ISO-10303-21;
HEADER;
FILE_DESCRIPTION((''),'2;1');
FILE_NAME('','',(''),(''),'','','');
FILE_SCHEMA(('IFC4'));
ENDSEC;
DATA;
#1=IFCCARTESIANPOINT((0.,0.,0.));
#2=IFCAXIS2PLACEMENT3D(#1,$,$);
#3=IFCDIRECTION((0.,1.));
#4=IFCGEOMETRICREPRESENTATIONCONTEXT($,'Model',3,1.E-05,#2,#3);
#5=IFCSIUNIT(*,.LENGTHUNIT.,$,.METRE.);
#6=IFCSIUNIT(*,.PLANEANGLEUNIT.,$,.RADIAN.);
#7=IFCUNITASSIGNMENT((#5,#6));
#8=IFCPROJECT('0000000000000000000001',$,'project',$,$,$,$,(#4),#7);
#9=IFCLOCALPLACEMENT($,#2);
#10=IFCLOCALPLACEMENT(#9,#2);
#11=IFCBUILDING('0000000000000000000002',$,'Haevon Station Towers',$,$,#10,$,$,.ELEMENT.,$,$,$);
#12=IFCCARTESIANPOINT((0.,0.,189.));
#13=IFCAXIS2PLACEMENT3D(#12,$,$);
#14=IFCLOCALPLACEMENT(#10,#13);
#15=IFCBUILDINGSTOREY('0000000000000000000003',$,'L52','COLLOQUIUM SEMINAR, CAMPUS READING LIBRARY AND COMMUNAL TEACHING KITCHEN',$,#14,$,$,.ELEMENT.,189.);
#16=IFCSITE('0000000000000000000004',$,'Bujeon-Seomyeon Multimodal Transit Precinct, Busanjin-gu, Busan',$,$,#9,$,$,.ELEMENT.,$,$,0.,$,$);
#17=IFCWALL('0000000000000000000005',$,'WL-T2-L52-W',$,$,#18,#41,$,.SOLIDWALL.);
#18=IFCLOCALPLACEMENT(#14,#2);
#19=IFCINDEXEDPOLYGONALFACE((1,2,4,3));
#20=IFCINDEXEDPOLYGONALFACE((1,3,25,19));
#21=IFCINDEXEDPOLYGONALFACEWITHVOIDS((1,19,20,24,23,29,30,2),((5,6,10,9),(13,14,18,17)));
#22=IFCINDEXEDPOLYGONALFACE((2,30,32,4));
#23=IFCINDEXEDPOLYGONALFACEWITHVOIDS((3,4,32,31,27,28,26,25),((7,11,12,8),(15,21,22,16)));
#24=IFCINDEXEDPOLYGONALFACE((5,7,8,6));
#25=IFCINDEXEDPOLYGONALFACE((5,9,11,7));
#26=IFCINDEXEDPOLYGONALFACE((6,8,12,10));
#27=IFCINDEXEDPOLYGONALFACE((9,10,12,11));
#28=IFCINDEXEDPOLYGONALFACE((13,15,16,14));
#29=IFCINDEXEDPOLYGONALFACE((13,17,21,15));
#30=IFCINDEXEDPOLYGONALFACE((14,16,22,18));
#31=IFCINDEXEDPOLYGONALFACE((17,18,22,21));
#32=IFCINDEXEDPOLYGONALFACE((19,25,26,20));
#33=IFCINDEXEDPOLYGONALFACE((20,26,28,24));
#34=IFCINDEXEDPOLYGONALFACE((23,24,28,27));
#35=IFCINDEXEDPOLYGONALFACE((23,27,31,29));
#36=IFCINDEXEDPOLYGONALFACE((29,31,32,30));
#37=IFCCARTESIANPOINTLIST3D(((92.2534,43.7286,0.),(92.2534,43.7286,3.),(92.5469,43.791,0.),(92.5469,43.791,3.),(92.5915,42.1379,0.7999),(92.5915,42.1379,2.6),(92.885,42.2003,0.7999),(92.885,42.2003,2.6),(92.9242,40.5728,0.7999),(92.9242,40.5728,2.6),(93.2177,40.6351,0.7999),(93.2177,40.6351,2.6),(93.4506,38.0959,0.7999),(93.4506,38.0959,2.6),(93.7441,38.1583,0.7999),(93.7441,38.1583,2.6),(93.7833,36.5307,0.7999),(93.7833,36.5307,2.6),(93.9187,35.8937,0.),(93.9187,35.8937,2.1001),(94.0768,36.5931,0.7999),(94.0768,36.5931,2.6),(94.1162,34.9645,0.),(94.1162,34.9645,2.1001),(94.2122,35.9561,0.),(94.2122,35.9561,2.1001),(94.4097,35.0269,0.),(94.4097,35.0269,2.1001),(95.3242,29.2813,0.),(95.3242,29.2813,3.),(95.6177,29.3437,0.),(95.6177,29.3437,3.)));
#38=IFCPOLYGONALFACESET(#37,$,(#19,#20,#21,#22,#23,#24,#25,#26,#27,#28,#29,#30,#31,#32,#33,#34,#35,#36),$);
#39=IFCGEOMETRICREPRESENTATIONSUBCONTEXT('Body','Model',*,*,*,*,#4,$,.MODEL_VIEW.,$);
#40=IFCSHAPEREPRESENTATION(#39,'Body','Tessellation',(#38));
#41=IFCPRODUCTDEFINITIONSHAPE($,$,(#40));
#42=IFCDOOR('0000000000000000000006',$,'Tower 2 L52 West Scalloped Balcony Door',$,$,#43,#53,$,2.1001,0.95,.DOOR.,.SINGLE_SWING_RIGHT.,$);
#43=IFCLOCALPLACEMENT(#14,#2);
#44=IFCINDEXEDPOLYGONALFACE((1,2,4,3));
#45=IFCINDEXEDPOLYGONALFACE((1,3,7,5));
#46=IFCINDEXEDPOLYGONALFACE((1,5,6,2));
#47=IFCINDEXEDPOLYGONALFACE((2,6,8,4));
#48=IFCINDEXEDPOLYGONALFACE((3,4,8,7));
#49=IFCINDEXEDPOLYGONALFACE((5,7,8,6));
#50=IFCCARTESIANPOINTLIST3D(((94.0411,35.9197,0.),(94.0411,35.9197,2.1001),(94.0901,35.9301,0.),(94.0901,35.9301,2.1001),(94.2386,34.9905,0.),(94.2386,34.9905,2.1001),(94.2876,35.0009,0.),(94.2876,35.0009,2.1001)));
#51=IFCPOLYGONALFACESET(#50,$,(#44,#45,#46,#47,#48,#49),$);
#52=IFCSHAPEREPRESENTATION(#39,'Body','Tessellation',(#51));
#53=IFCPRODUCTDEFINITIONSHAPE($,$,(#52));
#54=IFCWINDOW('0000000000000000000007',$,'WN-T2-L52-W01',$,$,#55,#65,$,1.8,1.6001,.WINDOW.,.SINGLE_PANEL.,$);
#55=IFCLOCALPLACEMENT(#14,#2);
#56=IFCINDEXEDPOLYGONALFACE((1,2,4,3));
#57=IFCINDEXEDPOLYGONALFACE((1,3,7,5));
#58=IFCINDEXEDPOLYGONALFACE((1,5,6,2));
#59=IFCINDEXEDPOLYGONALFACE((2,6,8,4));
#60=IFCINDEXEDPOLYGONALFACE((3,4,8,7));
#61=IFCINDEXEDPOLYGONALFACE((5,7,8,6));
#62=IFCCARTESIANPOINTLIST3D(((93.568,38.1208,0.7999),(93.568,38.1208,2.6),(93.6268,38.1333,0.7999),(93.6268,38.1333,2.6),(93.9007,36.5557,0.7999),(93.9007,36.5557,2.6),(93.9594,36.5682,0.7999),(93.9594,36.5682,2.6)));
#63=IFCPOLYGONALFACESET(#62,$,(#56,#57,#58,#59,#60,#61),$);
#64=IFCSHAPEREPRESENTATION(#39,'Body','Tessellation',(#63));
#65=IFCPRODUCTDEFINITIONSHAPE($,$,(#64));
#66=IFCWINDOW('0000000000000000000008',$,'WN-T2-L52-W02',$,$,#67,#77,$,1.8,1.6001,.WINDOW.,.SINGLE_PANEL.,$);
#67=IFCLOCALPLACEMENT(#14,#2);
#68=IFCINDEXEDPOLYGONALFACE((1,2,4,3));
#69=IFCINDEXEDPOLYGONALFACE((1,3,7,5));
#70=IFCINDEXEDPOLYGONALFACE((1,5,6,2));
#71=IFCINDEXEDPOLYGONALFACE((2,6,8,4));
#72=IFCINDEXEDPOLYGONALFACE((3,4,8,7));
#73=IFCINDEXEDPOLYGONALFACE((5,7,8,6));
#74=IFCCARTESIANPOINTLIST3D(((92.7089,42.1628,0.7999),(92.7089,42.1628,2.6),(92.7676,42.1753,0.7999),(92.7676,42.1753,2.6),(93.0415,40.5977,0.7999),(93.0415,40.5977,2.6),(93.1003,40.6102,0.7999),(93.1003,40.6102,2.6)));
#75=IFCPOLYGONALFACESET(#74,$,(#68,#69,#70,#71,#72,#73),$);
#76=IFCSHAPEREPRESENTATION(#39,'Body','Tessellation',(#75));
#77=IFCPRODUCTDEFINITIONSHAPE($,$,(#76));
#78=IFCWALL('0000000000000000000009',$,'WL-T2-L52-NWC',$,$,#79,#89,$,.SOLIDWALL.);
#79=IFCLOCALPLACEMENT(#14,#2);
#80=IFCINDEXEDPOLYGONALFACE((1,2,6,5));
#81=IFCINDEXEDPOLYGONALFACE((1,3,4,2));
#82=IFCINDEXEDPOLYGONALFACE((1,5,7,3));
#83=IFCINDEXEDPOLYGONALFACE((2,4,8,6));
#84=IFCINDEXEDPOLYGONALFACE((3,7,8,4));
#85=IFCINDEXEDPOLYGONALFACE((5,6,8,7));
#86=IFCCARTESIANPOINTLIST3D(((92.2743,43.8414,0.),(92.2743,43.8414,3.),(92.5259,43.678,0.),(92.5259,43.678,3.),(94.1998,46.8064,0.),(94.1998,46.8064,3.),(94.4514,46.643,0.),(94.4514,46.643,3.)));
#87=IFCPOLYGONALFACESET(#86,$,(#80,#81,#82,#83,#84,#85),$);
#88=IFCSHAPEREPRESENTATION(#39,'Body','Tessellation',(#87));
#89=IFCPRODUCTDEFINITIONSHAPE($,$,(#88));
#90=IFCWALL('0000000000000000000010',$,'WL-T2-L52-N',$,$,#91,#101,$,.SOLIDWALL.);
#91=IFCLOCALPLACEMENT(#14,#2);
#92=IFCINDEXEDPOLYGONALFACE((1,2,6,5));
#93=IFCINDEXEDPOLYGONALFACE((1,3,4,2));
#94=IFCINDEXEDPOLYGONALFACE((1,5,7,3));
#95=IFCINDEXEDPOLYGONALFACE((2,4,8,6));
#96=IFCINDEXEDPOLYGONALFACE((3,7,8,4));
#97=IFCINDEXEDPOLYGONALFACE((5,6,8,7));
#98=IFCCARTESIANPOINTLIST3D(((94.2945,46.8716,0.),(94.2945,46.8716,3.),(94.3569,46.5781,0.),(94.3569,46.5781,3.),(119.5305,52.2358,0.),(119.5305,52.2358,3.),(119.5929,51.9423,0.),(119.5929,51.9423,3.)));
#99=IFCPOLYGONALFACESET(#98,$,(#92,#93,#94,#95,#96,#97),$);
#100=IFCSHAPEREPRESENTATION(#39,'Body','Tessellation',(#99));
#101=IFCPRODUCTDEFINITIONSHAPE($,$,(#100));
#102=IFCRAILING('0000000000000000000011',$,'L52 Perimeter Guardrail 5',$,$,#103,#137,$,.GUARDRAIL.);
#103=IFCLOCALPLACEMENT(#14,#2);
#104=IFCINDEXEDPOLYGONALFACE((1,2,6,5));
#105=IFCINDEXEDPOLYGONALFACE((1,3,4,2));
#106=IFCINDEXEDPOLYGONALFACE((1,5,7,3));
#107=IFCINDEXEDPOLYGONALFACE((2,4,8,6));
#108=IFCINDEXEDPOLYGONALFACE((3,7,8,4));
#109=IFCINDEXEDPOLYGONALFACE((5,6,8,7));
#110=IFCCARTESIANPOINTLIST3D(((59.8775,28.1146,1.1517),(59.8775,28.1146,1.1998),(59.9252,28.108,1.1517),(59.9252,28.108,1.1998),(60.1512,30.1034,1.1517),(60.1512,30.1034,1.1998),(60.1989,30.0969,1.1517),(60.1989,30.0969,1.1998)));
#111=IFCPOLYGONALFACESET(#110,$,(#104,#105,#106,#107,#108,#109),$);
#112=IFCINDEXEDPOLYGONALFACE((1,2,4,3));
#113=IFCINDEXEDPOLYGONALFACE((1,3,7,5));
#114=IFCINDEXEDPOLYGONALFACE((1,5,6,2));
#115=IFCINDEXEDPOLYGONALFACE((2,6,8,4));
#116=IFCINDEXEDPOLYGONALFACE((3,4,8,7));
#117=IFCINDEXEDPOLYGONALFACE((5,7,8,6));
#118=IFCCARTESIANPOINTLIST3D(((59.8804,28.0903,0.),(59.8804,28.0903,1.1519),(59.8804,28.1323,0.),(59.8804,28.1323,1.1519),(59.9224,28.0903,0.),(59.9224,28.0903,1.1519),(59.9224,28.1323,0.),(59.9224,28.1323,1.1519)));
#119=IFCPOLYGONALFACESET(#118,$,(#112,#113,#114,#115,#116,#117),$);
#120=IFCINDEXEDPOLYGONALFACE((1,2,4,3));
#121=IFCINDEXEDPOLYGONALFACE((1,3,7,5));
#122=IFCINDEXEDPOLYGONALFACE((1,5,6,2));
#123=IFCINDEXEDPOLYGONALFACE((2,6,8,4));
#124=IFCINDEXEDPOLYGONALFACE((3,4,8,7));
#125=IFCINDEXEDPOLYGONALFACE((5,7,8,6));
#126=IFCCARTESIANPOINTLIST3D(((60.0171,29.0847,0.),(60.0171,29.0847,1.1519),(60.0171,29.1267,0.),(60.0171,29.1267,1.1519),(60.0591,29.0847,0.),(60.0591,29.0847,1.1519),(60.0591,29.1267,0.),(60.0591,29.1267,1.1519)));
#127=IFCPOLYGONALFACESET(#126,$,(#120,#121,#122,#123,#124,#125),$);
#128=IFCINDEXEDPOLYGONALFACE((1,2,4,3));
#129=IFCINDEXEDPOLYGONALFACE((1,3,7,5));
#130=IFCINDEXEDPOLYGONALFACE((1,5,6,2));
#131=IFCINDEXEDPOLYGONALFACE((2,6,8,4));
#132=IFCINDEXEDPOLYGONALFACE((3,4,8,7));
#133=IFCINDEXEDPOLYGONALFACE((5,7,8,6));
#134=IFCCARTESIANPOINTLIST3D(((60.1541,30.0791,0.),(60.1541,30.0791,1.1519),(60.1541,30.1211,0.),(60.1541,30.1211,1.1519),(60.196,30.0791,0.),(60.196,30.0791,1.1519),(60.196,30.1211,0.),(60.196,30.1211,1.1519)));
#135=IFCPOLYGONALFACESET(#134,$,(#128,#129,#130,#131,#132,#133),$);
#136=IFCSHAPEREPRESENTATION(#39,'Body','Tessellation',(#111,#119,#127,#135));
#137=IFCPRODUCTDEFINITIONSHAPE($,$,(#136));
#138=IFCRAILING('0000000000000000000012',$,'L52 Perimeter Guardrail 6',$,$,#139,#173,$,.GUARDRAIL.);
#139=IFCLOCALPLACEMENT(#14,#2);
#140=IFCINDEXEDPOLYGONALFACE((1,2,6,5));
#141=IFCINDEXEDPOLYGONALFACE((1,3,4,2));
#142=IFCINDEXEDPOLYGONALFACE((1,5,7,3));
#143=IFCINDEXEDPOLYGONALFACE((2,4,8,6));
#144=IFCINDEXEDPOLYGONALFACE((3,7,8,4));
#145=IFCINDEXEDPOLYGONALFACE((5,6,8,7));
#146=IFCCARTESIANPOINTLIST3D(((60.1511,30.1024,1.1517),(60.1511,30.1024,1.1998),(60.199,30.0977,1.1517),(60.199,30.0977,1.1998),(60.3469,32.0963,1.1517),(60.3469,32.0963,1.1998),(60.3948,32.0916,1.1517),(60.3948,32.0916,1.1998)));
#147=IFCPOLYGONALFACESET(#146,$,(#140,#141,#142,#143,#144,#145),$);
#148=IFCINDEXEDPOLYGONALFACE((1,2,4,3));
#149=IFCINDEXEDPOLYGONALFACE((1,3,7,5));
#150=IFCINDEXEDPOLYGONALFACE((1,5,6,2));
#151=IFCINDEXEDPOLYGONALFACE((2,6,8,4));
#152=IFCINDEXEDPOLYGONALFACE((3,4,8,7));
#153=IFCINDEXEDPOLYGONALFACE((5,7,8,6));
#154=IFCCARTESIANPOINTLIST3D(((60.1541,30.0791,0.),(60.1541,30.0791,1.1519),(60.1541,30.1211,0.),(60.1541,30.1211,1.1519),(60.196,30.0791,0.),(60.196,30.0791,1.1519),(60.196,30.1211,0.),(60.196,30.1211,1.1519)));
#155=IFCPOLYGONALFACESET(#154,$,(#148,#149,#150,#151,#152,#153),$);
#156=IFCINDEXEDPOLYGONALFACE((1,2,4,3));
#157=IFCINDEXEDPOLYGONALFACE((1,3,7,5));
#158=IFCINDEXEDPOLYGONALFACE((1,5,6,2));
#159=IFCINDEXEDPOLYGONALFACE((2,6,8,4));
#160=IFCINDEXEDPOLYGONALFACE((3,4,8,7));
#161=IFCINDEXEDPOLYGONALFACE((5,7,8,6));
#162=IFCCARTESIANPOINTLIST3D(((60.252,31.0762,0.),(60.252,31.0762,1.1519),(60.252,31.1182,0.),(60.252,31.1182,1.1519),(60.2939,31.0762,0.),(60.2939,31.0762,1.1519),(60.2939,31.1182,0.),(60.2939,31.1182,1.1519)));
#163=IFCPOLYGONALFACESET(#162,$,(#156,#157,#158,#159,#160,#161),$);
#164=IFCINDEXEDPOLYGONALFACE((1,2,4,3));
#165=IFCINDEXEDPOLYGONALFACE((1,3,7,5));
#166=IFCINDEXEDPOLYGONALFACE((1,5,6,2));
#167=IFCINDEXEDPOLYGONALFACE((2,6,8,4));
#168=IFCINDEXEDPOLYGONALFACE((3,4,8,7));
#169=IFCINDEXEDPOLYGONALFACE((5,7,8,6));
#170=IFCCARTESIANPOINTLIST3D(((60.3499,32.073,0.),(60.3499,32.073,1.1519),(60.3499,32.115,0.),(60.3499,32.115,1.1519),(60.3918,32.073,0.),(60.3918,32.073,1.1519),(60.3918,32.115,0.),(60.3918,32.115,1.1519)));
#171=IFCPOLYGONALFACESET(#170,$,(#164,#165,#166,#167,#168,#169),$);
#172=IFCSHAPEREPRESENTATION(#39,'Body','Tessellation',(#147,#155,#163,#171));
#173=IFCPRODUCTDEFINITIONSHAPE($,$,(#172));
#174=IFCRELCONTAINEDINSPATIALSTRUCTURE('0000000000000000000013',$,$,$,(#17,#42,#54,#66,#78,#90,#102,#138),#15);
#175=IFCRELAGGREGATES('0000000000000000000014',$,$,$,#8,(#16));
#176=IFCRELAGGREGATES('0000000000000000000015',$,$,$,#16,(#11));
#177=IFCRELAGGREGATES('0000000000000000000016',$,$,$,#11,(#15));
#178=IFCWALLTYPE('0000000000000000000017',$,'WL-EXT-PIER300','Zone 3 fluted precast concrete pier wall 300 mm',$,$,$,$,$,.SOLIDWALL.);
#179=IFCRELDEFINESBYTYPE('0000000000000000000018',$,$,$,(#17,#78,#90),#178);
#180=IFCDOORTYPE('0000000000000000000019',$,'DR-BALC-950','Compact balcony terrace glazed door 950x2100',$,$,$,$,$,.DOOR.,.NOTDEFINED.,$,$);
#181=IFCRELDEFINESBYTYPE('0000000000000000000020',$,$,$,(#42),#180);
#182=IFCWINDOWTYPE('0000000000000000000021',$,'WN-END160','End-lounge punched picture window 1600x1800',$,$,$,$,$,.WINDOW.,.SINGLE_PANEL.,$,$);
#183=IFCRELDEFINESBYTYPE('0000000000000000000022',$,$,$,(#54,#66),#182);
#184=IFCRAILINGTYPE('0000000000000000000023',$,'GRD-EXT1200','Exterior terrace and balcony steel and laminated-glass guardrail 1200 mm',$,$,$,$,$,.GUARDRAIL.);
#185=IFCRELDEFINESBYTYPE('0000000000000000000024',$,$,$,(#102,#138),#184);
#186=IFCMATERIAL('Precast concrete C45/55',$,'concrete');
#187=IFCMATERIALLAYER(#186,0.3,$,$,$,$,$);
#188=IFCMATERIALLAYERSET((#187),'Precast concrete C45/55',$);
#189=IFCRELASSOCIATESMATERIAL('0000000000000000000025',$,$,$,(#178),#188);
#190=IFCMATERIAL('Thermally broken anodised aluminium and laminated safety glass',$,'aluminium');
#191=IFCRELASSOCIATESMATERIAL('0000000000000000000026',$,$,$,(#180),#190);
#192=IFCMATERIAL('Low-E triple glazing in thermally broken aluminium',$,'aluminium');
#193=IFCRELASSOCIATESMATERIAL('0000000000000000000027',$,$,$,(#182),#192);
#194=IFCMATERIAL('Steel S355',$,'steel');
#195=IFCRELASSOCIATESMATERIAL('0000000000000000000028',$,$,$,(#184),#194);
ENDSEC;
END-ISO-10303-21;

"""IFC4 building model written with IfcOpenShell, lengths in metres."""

from ifc_helpers import new_model, si_unit, direction, frame, frame_2d, origin, origin_2d, place, context, subcontext, project, spatial, rectangle, extrude, material, layer, layer_set, type_object, element, fill, save


model = new_model("IFC4")

# Units and contexts
model_context = context("Model", 3, precision=1e-05, world=origin(), true_north=direction((0.0, 1.0)))
body_context = subcontext(model_context, "Body", "Model", "MODEL_VIEW")
ifc_project = project(units=[si_unit("LENGTHUNIT", "METRE"), si_unit("PLANEANGLEUNIT", "RADIAN")], contexts=[model_context])

# Site, building, storey
site_placement = place(None, origin())
site = spatial("IfcSite", under=ifc_project, at=site_placement, Name="Bujeon-Seomyeon Multimodal Transit Precinct, Busanjin-gu, Busan", CompositionType="ELEMENT", RefElevation=0.0)
building_placement = place(site_placement, origin())
building = spatial("IfcBuilding", under=site, at=building_placement, Name="Haevon Station Towers", CompositionType="ELEMENT")
storey_placement = place(building_placement, frame((0.0, 0.0, 189.0)))
storey = spatial("IfcBuildingStorey", under=building, at=storey_placement, Name="L52", Description="COLLOQUIUM SEMINAR, CAMPUS READING LIBRARY AND COMMUNAL TEACHING KITCHEN", CompositionType="ELEMENT", Elevation=189.0)

# Shared definitions
ifc_material_1 = material(Name="Steel S355", Category="steel")

# Wall, openings, door, windows
ifc_material_2 = material(Name="Precast concrete C45/55", Category="concrete")
ifc_layer_1 = layer(ifc_material_2, 0.3)
ifc_layer_set_1 = layer_set([ifc_layer_1], Name="Precast concrete C45/55")
wall_type = type_object("IfcWallType", Name="WL-EXT-PIER300", Description="Zone 3 fluted precast concrete pier wall 300 mm", PredefinedType="SOLIDWALL", material=ifc_layer_set_1)
wall_1_placement = place(storey_placement, frame((95.4709, 29.3125, 0.0), z_axis=(0.0, 0.0, 1.0), x_axis=(-0.207908, 0.978148, 0.0)))
wall_1 = element("IfcWall", 1, at=wall_1_placement, inside=storey, type_object=wall_type, Name="WL-T2-L52-W", PredefinedType="SOLIDWALL", context=body_context, shape_type="SweptSolid", body=[
    extrude(rectangle(XDim=14.77, YDim=0.3, at=frame_2d((7.385, 0.0))), origin(), (0.0, 0.0, 1.0), 3.0),
])
opening_1_placement = place(wall_1_placement, frame((5.8101, 0.0, 0.0)))
opening_1 = element("IfcOpeningElement", 2, at=opening_1_placement, cuts=wall_1, PredefinedType="OPENING", context=body_context, shape_type="SweptSolid", body=[
    extrude(rectangle(XDim=0.95, YDim=2.1001, at=frame_2d((0.4751, 1.05))), frame((0.0, 0.1599, 0.0), z_axis=(0.0, -1.0, 0.0), x_axis=(1.0, 0.0, 0.0)), (0.0, 0.0, 1.0), 0.3201),
])
opening_2_placement = place(wall_1_placement, frame((7.4114, 0.0, 0.8)))
opening_2 = element("IfcOpeningElement", 3, at=opening_2_placement, cuts=wall_1, PredefinedType="OPENING", context=body_context, shape_type="SweptSolid", body=[
    extrude(rectangle(XDim=1.6001, YDim=1.8, at=frame_2d((0.8, 0.8999))), frame((0.0, 0.1599, 0.0), z_axis=(0.0, -1.0, 0.0), x_axis=(1.0, 0.0, 0.0)), (0.0, 0.0, 1.0), 0.3201),
])
opening_3_placement = place(wall_1_placement, frame((11.5437, 0.0, 0.8)))
opening_3 = element("IfcOpeningElement", 4, at=opening_3_placement, cuts=wall_1, PredefinedType="OPENING", context=body_context, shape_type="SweptSolid", body=[
    extrude(rectangle(XDim=1.6001, YDim=1.8, at=frame_2d((0.8, 0.8999))), frame((0.0, 0.1599, 0.0), z_axis=(0.0, -1.0, 0.0), x_axis=(1.0, 0.0, 0.0)), (0.0, 0.0, 1.0), 0.3201),
])
ifc_material_3 = material(Name="Thermally broken anodised aluminium and laminated safety glass", Category="aluminium")
door_type = type_object("IfcDoorType", Name="DR-BALC-950", Description="Compact balcony terrace glazed door 950x2100", OperationType="NOTDEFINED", PredefinedType="DOOR", material=ifc_material_3)
door_placement = place(opening_1_placement, origin())
door = element("IfcDoor", 5, at=door_placement, inside=storey, type_object=door_type, Name="Tower 2 L52 West Scalloped Balcony Door", OperationType="SINGLE_SWING_RIGHT", OverallHeight=2.1001, OverallWidth=0.95, PredefinedType="DOOR", context=body_context, shape_type="SweptSolid", body=[
    extrude(rectangle(XDim=0.95, YDim=2.1001, at=frame_2d((0.4751, 1.05))), frame((0.0, 0.0249, 0.0), z_axis=(0.0, -1.0, 0.0), x_axis=(1.0, 0.0, 0.0)), (0.0, 0.0, 1.0), 0.05),
])
fill(opening_1, door)
ifc_material_4 = material(Name="Low-E triple glazing in thermally broken aluminium", Category="aluminium")
window_type = type_object("IfcWindowType", Name="WN-END160", Description="End-lounge punched picture window 1600x1800", PartitioningType="SINGLE_PANEL", PredefinedType="WINDOW", material=ifc_material_4)
window_1_placement = place(opening_2_placement, origin())
window_1 = element("IfcWindow", 6, at=window_1_placement, inside=storey, type_object=window_type, Name="WN-T2-L52-W01", OverallHeight=1.8, OverallWidth=1.6001, PartitioningType="SINGLE_PANEL", PredefinedType="WINDOW", context=body_context, shape_type="SweptSolid", body=[
    extrude(rectangle(XDim=1.6001, YDim=1.8, at=frame_2d((0.8, 0.8999))), frame((0.0, 0.03, 0.0), z_axis=(0.0, -1.0, 0.0), x_axis=(1.0, 0.0, 0.0)), (0.0, 0.0, 1.0), 0.0601),
])
fill(opening_2, window_1)
window_2_placement = place(opening_3_placement, origin())
window_2 = element("IfcWindow", 7, at=window_2_placement, inside=storey, type_object=window_type, Name="WN-T2-L52-W02", OverallHeight=1.8, OverallWidth=1.6001, PartitioningType="SINGLE_PANEL", PredefinedType="WINDOW", context=body_context, shape_type="SweptSolid", body=[
    extrude(rectangle(XDim=1.6001, YDim=1.8, at=frame_2d((0.8, 0.8999))), frame((0.0, 0.03, 0.0), z_axis=(0.0, -1.0, 0.0), x_axis=(1.0, 0.0, 0.0)), (0.0, 0.0, 1.0), 0.0601),
])
fill(opening_3, window_2)

# Walls
wall_2_placement = place(storey_placement, frame((92.4001, 43.7598, 0.0), z_axis=(0.0, 0.0, 1.0), x_axis=(0.544636, 0.838672, 0.0)))
element("IfcWall", 8, at=wall_2_placement, inside=storey, type_object=wall_type, Name="WL-T2-L52-NWC", PredefinedType="SOLIDWALL", context=body_context, shape_type="SweptSolid", body=[
    extrude(rectangle(XDim=3.5354, YDim=0.3, at=frame_2d((1.7676, 0.0))), origin(), (0.0, 0.0, 1.0), 3.0),
])
wall_3_placement = place(storey_placement, frame((94.3257, 46.7249, 0.0), z_axis=(0.0, 0.0, 1.0), x_axis=(0.978146, 0.207918, 0.0)))
element("IfcWall", 9, at=wall_3_placement, inside=storey, type_object=wall_type, Name="WL-T2-L52-N", PredefinedType="SOLIDWALL", context=body_context, shape_type="SweptSolid", body=[
    extrude(rectangle(XDim=25.7998, YDim=0.3, at=frame_2d((12.8999, 0.0))), origin(), (0.0, 0.0, 1.0), 3.0),
])

# Railings
railing_type = type_object("IfcRailingType", Name="GRD-EXT1200", Description="Exterior terrace and balcony steel and laminated-glass guardrail 1200 mm", PredefinedType="GUARDRAIL", material=ifc_material_1)
railing_1_placement = place(storey_placement, frame((59.9014, 28.1113, 0.0)))
element("IfcRailing", 10, at=railing_1_placement, inside=storey, type_object=railing_type, Name="L52 Perimeter Guardrail 5", PredefinedType="GUARDRAIL", context=body_context, shape_type="SweptSolid", body=[
    extrude(rectangle(XDim=0.0481, YDim=0.0481, at=origin_2d()), frame((0.0, 0.0, 1.1758), z_axis=(0.136329, 0.990664, 0.0), x_axis=(-0.990664, 0.136329, 0.0)), (0.0, 0.0, 1.0), 2.0076),
    extrude(rectangle(XDim=0.042, YDim=0.042, at=origin_2d()), origin(), (0.0, 0.0, 1.0), 1.1519),
    extrude(rectangle(XDim=0.042, YDim=0.042, at=origin_2d()), frame((0.1367, 0.9944, 0.0)), (0.0, 0.0, 1.0), 1.1519),
    extrude(rectangle(XDim=0.042, YDim=0.042, at=origin_2d()), frame((0.2737, 1.9888, 0.0)), (0.0, 0.0, 1.0), 1.1519),
])
railing_2_placement = place(storey_placement, frame((60.175, 30.1001, 0.0)))
element("IfcRailing", 11, at=railing_2_placement, inside=storey, type_object=railing_type, Name="L52 Perimeter Guardrail 6", PredefinedType="GUARDRAIL", context=body_context, shape_type="SweptSolid", body=[
    extrude(rectangle(XDim=0.0481, YDim=0.0481, at=origin_2d()), frame((0.0, 0.0, 1.1758), z_axis=(0.09773, 0.995213, 0.0), x_axis=(-0.995213, 0.09773, 0.0)), (0.0, 0.0, 1.0), 2.0034),
    extrude(rectangle(XDim=0.042, YDim=0.042, at=origin_2d()), origin(), (0.0, 0.0, 1.0), 1.1519),
    extrude(rectangle(XDim=0.042, YDim=0.042, at=origin_2d()), frame((0.0979, 0.9971, 0.0)), (0.0, 0.0, 1.0), 1.1519),
    extrude(rectangle(XDim=0.042, YDim=0.042, at=origin_2d()), frame((0.1958, 1.9939, 0.0)), (0.0, 0.0, 1.0), 1.1519),
])

save(model, "model.ifc")
